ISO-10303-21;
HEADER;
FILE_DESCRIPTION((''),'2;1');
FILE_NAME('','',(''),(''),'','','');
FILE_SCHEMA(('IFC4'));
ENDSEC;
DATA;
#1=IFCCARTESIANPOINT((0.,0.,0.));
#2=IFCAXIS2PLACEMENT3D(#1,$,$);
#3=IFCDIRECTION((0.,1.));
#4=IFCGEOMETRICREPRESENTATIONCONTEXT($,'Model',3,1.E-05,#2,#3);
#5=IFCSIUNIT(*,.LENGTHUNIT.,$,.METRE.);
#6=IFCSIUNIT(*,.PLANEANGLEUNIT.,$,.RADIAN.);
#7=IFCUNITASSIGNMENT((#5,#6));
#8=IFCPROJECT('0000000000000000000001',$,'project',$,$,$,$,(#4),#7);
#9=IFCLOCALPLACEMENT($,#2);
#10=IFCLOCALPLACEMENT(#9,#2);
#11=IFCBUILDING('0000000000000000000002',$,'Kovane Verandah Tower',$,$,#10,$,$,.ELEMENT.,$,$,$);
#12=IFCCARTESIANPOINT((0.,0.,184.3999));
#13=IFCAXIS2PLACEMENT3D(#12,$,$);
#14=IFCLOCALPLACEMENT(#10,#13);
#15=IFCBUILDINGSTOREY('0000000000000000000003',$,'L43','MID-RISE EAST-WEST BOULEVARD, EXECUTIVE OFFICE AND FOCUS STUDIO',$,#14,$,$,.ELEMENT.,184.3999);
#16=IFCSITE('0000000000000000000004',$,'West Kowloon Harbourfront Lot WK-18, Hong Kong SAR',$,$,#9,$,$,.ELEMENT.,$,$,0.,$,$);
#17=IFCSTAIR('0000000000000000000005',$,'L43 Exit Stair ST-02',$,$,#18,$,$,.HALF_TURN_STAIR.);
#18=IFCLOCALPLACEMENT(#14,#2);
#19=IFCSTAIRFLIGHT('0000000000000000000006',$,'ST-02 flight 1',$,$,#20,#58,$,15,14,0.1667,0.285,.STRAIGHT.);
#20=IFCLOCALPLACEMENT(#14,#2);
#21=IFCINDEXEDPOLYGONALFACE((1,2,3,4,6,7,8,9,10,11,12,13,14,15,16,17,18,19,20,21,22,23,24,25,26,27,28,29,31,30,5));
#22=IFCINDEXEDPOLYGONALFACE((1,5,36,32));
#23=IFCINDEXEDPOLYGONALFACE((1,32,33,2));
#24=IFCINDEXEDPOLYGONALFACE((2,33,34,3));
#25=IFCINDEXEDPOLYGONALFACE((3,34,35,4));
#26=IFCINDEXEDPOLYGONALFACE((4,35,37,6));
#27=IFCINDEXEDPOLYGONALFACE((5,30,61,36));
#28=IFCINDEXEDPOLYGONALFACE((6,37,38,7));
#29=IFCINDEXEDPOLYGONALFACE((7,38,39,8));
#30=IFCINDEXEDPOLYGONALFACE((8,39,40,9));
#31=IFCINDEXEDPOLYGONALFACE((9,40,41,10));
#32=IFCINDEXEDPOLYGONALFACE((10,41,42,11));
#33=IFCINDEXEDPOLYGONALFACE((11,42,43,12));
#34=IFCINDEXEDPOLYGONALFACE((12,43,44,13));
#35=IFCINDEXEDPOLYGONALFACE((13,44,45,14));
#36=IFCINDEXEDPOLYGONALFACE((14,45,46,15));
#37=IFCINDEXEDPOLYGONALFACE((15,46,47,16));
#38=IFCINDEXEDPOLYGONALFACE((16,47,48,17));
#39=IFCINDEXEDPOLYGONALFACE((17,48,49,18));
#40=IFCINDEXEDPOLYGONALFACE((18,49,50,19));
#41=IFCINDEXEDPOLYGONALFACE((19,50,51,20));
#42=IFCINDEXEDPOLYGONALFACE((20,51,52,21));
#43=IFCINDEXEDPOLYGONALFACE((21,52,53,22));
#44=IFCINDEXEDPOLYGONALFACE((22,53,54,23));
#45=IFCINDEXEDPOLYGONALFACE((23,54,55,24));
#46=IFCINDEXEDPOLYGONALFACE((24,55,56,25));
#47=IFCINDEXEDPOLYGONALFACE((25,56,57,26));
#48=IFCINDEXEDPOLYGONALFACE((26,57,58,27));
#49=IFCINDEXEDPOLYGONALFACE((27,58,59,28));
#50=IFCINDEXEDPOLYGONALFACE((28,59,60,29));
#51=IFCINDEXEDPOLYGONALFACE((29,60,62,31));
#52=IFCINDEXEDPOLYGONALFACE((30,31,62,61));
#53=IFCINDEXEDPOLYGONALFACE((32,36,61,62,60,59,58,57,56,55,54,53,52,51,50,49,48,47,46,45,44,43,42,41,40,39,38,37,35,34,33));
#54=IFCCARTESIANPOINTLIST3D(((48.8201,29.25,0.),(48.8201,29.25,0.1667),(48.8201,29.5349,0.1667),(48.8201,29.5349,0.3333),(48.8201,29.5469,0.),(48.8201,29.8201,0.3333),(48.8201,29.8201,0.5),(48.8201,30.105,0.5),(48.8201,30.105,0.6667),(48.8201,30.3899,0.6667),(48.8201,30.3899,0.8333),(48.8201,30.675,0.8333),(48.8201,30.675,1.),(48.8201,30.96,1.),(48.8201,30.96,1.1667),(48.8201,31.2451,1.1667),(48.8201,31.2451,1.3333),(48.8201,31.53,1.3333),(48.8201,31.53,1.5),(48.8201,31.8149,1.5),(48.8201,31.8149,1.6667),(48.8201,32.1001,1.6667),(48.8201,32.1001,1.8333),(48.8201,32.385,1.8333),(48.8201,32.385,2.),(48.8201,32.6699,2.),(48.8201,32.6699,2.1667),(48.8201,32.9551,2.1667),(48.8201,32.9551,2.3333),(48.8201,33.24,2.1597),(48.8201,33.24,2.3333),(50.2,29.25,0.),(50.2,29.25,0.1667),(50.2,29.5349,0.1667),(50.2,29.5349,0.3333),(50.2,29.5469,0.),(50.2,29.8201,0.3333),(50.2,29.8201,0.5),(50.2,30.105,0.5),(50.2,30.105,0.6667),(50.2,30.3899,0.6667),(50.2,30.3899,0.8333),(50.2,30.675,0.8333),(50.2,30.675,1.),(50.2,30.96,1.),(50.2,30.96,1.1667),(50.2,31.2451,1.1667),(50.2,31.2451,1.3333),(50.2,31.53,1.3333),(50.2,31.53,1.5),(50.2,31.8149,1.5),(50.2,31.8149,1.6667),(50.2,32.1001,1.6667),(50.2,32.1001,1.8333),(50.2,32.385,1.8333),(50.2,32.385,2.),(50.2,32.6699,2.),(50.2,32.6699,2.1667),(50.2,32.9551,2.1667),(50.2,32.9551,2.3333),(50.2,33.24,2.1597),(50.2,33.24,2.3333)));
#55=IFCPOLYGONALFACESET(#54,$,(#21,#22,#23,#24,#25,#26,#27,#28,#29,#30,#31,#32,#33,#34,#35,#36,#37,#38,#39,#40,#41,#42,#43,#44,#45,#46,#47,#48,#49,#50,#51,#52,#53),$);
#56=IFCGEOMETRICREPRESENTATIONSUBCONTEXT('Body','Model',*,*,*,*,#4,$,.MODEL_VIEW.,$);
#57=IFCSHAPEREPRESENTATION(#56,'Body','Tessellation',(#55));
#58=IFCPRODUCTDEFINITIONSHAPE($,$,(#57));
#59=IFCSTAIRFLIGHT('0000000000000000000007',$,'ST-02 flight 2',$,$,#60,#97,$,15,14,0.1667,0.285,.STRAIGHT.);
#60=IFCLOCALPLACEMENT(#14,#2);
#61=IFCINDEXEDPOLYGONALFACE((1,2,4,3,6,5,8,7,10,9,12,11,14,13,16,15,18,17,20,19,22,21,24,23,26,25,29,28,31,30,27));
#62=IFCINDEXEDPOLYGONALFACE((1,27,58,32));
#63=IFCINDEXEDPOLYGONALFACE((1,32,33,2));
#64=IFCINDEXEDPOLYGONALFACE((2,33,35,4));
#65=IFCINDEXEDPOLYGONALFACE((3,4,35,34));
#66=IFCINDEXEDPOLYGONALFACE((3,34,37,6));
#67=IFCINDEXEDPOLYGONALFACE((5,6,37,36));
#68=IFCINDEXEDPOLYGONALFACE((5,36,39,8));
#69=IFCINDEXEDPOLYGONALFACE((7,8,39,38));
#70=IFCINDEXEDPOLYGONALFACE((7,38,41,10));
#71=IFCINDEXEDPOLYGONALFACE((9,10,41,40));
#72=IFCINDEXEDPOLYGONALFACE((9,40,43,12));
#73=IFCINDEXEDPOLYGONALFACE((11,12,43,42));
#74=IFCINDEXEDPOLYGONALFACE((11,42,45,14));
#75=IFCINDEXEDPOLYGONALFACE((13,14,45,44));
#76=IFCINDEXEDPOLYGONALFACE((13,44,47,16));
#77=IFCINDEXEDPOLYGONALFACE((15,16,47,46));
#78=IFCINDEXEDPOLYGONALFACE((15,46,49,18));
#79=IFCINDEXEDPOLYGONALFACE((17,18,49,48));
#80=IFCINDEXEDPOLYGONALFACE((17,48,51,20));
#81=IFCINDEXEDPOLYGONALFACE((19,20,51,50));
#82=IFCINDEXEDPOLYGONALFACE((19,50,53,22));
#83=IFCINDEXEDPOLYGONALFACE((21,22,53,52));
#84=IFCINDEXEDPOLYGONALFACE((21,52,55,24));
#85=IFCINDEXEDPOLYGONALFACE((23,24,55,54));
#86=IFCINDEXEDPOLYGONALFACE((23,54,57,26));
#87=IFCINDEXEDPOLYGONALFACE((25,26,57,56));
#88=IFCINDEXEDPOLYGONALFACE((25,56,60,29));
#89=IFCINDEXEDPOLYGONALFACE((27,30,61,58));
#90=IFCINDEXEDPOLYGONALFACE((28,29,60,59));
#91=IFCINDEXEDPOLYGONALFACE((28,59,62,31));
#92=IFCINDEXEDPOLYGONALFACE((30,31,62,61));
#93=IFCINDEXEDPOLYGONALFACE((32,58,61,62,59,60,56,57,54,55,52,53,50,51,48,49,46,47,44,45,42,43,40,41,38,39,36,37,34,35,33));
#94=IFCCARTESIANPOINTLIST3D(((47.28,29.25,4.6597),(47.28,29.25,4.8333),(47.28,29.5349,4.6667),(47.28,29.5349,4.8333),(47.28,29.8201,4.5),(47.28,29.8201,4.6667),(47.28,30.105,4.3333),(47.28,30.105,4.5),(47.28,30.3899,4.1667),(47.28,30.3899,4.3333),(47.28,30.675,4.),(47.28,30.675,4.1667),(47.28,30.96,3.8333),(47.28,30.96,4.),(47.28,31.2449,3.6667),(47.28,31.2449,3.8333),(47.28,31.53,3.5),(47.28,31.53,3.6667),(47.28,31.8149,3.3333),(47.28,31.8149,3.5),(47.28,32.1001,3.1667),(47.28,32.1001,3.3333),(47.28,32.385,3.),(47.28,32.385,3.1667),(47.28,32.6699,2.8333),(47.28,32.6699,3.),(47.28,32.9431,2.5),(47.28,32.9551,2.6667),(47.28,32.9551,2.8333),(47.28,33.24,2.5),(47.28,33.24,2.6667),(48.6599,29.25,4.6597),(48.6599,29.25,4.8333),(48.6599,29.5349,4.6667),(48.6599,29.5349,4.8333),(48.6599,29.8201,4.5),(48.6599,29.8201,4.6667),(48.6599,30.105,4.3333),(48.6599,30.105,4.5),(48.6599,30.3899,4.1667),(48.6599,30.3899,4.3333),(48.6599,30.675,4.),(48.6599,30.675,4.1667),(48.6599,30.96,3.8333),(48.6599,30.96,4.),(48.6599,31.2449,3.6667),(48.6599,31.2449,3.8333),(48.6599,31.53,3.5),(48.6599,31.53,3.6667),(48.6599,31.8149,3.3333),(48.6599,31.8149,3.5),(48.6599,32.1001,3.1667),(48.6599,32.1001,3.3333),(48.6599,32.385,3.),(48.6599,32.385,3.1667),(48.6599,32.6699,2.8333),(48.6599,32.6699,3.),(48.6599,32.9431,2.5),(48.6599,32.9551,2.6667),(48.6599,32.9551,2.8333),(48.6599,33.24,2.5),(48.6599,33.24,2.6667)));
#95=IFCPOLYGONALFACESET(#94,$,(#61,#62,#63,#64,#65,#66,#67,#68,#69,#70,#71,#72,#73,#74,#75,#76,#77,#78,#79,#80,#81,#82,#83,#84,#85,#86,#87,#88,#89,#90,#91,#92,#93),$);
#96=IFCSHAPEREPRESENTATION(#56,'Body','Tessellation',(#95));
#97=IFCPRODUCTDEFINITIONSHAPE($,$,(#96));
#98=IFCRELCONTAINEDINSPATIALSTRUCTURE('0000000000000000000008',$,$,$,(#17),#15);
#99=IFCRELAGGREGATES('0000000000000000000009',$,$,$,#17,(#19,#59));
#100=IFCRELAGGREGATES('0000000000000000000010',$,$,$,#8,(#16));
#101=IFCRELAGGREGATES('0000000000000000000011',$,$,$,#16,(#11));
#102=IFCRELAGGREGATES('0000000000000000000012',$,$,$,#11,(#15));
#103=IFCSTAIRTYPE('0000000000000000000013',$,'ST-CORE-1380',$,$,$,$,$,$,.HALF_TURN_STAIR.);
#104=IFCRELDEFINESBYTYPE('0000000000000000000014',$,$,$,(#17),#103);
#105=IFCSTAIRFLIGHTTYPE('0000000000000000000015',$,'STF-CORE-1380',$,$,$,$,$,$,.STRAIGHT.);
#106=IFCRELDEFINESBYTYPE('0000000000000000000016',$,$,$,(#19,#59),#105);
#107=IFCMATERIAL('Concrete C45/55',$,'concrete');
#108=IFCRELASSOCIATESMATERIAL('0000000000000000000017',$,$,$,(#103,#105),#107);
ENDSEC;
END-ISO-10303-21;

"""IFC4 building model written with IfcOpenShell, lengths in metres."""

from ifc_helpers import new_model, si_unit, direction, frame, origin, place, context, subcontext, project, spatial, polyline, outline, extrude, material, type_object, element, aggregate, save


model = new_model("IFC4")

# Units and contexts
model_context = context("Model", 3, precision=1e-05, world=origin(), true_north=direction((0.0, 1.0)))
body_context = subcontext(model_context, "Body", "Model", "MODEL_VIEW")
ifc_project = project(units=[si_unit("LENGTHUNIT", "METRE"), si_unit("PLANEANGLEUNIT", "RADIAN")], contexts=[model_context])

# Site, building, storey
site_placement = place(None, origin())
site = spatial("IfcSite", under=ifc_project, at=site_placement, Name="West Kowloon Harbourfront Lot WK-18, Hong Kong SAR", CompositionType="ELEMENT", RefElevation=0.0)
building_placement = place(site_placement, origin())
building = spatial("IfcBuilding", under=site, at=building_placement, Name="Kovane Verandah Tower", CompositionType="ELEMENT")
storey_placement = place(building_placement, frame((0.0, 0.0, 184.3999)))
storey = spatial("IfcBuildingStorey", under=building, at=storey_placement, Name="L43", Description="MID-RISE EAST-WEST BOULEVARD, EXECUTIVE OFFICE AND FOCUS STUDIO", CompositionType="ELEMENT", Elevation=184.3999)

# Shared definitions
ifc_material_1 = material(Name="Concrete C45/55", Category="concrete")

# Stair, stair flights
stair_type = type_object("IfcStairType", Name="ST-CORE-1380", PredefinedType="HALF_TURN_STAIR", material=ifc_material_1)
stair_placement = place(storey_placement, origin())
stair = element("IfcStair", 1, at=stair_placement, inside=storey, type_object=stair_type, Name="L43 Exit Stair ST-02", PredefinedType="HALF_TURN_STAIR")
stair_flight_type = type_object("IfcStairFlightType", Name="STF-CORE-1380", PredefinedType="STRAIGHT", material=ifc_material_1)
stair_flight_1_placement = place(storey_placement, frame((49.51, 29.25, 0.0), z_axis=(0.0, 0.0, 1.0), x_axis=(0.0, 1.0, 0.0)))
stair_flight_1 = element("IfcStairFlight", 2, at=stair_flight_1_placement, type_object=stair_flight_type, Name="ST-02 flight 1", NumberOfRisers=15, NumberOfTreads=14, PredefinedType="STRAIGHT", RiserHeight=0.1667, TreadLength=0.285, context=body_context, shape_type="SweptSolid", body=[
    extrude(outline(polyline([(0.0, 0.0), (0.0, 0.1667), (0.2849, 0.1667), (0.2849, 0.3333), (0.5701, 0.3333), (0.5701, 0.5), (0.855, 0.5), (0.855, 0.6667), (1.1399, 0.6667), (1.1399, 0.8333), (1.425, 0.8333), (1.425, 1.0), (1.71, 1.0), (1.71, 1.1667), (1.9951, 1.1667), (1.9951, 1.3333), (2.28, 1.3333), (2.28, 1.5), (2.5649, 1.5), (2.5649, 1.6667), (2.8501, 1.6667), (2.8501, 1.8333), (3.135, 1.8333), (3.135, 2.0), (3.4199, 2.0), (3.4199, 2.1667), (3.7051, 2.1667), (3.7051, 2.3333), (3.99, 2.3333), (3.99, 2.5), (3.99, 2.1597), (0.2969, 0.0), (0.0, 0.0)])), frame((0.0, 0.6899, 0.0), z_axis=(0.0, -1.0, 0.0), x_axis=(1.0, 0.0, 0.0)), (0.0, 0.0, 1.0), 1.3799),
])
stair_flight_2_placement = place(storey_placement, frame((47.97, 33.24, 2.5), z_axis=(0.0, 0.0, 1.0), x_axis=(0.0, -1.0, 0.0)))
stair_flight_2 = element("IfcStairFlight", 3, at=stair_flight_2_placement, type_object=stair_flight_type, Name="ST-02 flight 2", NumberOfRisers=15, NumberOfTreads=14, PredefinedType="STRAIGHT", RiserHeight=0.1667, TreadLength=0.285, context=body_context, shape_type="SweptSolid", body=[
    extrude(outline(polyline([(0.0, 0.0), (0.0, 0.1667), (0.2849, 0.1667), (0.2849, 0.3333), (0.5701, 0.3333), (0.5701, 0.5), (0.855, 0.5), (0.855, 0.6667), (1.1399, 0.6667), (1.1399, 0.8333), (1.425, 0.8333), (1.425, 1.0), (1.71, 1.0), (1.71, 1.1667), (1.9951, 1.1667), (1.9951, 1.3333), (2.28, 1.3333), (2.28, 1.5), (2.5649, 1.5), (2.5649, 1.6667), (2.8501, 1.6667), (2.8501, 1.8333), (3.135, 1.8333), (3.135, 2.0), (3.4199, 2.0), (3.4199, 2.1667), (3.7051, 2.1667), (3.7051, 2.3333), (3.99, 2.3333), (3.99, 2.5), (3.99, 2.1597), (0.2969, 0.0), (0.0, 0.0)])), frame((0.0, 0.6899, 0.0), z_axis=(0.0, -1.0, 0.0), x_axis=(1.0, 0.0, 0.0)), (0.0, 0.0, 1.0), 1.3799),
])
aggregate(stair, [stair_flight_1, stair_flight_2])

save(model, "model.ifc")
